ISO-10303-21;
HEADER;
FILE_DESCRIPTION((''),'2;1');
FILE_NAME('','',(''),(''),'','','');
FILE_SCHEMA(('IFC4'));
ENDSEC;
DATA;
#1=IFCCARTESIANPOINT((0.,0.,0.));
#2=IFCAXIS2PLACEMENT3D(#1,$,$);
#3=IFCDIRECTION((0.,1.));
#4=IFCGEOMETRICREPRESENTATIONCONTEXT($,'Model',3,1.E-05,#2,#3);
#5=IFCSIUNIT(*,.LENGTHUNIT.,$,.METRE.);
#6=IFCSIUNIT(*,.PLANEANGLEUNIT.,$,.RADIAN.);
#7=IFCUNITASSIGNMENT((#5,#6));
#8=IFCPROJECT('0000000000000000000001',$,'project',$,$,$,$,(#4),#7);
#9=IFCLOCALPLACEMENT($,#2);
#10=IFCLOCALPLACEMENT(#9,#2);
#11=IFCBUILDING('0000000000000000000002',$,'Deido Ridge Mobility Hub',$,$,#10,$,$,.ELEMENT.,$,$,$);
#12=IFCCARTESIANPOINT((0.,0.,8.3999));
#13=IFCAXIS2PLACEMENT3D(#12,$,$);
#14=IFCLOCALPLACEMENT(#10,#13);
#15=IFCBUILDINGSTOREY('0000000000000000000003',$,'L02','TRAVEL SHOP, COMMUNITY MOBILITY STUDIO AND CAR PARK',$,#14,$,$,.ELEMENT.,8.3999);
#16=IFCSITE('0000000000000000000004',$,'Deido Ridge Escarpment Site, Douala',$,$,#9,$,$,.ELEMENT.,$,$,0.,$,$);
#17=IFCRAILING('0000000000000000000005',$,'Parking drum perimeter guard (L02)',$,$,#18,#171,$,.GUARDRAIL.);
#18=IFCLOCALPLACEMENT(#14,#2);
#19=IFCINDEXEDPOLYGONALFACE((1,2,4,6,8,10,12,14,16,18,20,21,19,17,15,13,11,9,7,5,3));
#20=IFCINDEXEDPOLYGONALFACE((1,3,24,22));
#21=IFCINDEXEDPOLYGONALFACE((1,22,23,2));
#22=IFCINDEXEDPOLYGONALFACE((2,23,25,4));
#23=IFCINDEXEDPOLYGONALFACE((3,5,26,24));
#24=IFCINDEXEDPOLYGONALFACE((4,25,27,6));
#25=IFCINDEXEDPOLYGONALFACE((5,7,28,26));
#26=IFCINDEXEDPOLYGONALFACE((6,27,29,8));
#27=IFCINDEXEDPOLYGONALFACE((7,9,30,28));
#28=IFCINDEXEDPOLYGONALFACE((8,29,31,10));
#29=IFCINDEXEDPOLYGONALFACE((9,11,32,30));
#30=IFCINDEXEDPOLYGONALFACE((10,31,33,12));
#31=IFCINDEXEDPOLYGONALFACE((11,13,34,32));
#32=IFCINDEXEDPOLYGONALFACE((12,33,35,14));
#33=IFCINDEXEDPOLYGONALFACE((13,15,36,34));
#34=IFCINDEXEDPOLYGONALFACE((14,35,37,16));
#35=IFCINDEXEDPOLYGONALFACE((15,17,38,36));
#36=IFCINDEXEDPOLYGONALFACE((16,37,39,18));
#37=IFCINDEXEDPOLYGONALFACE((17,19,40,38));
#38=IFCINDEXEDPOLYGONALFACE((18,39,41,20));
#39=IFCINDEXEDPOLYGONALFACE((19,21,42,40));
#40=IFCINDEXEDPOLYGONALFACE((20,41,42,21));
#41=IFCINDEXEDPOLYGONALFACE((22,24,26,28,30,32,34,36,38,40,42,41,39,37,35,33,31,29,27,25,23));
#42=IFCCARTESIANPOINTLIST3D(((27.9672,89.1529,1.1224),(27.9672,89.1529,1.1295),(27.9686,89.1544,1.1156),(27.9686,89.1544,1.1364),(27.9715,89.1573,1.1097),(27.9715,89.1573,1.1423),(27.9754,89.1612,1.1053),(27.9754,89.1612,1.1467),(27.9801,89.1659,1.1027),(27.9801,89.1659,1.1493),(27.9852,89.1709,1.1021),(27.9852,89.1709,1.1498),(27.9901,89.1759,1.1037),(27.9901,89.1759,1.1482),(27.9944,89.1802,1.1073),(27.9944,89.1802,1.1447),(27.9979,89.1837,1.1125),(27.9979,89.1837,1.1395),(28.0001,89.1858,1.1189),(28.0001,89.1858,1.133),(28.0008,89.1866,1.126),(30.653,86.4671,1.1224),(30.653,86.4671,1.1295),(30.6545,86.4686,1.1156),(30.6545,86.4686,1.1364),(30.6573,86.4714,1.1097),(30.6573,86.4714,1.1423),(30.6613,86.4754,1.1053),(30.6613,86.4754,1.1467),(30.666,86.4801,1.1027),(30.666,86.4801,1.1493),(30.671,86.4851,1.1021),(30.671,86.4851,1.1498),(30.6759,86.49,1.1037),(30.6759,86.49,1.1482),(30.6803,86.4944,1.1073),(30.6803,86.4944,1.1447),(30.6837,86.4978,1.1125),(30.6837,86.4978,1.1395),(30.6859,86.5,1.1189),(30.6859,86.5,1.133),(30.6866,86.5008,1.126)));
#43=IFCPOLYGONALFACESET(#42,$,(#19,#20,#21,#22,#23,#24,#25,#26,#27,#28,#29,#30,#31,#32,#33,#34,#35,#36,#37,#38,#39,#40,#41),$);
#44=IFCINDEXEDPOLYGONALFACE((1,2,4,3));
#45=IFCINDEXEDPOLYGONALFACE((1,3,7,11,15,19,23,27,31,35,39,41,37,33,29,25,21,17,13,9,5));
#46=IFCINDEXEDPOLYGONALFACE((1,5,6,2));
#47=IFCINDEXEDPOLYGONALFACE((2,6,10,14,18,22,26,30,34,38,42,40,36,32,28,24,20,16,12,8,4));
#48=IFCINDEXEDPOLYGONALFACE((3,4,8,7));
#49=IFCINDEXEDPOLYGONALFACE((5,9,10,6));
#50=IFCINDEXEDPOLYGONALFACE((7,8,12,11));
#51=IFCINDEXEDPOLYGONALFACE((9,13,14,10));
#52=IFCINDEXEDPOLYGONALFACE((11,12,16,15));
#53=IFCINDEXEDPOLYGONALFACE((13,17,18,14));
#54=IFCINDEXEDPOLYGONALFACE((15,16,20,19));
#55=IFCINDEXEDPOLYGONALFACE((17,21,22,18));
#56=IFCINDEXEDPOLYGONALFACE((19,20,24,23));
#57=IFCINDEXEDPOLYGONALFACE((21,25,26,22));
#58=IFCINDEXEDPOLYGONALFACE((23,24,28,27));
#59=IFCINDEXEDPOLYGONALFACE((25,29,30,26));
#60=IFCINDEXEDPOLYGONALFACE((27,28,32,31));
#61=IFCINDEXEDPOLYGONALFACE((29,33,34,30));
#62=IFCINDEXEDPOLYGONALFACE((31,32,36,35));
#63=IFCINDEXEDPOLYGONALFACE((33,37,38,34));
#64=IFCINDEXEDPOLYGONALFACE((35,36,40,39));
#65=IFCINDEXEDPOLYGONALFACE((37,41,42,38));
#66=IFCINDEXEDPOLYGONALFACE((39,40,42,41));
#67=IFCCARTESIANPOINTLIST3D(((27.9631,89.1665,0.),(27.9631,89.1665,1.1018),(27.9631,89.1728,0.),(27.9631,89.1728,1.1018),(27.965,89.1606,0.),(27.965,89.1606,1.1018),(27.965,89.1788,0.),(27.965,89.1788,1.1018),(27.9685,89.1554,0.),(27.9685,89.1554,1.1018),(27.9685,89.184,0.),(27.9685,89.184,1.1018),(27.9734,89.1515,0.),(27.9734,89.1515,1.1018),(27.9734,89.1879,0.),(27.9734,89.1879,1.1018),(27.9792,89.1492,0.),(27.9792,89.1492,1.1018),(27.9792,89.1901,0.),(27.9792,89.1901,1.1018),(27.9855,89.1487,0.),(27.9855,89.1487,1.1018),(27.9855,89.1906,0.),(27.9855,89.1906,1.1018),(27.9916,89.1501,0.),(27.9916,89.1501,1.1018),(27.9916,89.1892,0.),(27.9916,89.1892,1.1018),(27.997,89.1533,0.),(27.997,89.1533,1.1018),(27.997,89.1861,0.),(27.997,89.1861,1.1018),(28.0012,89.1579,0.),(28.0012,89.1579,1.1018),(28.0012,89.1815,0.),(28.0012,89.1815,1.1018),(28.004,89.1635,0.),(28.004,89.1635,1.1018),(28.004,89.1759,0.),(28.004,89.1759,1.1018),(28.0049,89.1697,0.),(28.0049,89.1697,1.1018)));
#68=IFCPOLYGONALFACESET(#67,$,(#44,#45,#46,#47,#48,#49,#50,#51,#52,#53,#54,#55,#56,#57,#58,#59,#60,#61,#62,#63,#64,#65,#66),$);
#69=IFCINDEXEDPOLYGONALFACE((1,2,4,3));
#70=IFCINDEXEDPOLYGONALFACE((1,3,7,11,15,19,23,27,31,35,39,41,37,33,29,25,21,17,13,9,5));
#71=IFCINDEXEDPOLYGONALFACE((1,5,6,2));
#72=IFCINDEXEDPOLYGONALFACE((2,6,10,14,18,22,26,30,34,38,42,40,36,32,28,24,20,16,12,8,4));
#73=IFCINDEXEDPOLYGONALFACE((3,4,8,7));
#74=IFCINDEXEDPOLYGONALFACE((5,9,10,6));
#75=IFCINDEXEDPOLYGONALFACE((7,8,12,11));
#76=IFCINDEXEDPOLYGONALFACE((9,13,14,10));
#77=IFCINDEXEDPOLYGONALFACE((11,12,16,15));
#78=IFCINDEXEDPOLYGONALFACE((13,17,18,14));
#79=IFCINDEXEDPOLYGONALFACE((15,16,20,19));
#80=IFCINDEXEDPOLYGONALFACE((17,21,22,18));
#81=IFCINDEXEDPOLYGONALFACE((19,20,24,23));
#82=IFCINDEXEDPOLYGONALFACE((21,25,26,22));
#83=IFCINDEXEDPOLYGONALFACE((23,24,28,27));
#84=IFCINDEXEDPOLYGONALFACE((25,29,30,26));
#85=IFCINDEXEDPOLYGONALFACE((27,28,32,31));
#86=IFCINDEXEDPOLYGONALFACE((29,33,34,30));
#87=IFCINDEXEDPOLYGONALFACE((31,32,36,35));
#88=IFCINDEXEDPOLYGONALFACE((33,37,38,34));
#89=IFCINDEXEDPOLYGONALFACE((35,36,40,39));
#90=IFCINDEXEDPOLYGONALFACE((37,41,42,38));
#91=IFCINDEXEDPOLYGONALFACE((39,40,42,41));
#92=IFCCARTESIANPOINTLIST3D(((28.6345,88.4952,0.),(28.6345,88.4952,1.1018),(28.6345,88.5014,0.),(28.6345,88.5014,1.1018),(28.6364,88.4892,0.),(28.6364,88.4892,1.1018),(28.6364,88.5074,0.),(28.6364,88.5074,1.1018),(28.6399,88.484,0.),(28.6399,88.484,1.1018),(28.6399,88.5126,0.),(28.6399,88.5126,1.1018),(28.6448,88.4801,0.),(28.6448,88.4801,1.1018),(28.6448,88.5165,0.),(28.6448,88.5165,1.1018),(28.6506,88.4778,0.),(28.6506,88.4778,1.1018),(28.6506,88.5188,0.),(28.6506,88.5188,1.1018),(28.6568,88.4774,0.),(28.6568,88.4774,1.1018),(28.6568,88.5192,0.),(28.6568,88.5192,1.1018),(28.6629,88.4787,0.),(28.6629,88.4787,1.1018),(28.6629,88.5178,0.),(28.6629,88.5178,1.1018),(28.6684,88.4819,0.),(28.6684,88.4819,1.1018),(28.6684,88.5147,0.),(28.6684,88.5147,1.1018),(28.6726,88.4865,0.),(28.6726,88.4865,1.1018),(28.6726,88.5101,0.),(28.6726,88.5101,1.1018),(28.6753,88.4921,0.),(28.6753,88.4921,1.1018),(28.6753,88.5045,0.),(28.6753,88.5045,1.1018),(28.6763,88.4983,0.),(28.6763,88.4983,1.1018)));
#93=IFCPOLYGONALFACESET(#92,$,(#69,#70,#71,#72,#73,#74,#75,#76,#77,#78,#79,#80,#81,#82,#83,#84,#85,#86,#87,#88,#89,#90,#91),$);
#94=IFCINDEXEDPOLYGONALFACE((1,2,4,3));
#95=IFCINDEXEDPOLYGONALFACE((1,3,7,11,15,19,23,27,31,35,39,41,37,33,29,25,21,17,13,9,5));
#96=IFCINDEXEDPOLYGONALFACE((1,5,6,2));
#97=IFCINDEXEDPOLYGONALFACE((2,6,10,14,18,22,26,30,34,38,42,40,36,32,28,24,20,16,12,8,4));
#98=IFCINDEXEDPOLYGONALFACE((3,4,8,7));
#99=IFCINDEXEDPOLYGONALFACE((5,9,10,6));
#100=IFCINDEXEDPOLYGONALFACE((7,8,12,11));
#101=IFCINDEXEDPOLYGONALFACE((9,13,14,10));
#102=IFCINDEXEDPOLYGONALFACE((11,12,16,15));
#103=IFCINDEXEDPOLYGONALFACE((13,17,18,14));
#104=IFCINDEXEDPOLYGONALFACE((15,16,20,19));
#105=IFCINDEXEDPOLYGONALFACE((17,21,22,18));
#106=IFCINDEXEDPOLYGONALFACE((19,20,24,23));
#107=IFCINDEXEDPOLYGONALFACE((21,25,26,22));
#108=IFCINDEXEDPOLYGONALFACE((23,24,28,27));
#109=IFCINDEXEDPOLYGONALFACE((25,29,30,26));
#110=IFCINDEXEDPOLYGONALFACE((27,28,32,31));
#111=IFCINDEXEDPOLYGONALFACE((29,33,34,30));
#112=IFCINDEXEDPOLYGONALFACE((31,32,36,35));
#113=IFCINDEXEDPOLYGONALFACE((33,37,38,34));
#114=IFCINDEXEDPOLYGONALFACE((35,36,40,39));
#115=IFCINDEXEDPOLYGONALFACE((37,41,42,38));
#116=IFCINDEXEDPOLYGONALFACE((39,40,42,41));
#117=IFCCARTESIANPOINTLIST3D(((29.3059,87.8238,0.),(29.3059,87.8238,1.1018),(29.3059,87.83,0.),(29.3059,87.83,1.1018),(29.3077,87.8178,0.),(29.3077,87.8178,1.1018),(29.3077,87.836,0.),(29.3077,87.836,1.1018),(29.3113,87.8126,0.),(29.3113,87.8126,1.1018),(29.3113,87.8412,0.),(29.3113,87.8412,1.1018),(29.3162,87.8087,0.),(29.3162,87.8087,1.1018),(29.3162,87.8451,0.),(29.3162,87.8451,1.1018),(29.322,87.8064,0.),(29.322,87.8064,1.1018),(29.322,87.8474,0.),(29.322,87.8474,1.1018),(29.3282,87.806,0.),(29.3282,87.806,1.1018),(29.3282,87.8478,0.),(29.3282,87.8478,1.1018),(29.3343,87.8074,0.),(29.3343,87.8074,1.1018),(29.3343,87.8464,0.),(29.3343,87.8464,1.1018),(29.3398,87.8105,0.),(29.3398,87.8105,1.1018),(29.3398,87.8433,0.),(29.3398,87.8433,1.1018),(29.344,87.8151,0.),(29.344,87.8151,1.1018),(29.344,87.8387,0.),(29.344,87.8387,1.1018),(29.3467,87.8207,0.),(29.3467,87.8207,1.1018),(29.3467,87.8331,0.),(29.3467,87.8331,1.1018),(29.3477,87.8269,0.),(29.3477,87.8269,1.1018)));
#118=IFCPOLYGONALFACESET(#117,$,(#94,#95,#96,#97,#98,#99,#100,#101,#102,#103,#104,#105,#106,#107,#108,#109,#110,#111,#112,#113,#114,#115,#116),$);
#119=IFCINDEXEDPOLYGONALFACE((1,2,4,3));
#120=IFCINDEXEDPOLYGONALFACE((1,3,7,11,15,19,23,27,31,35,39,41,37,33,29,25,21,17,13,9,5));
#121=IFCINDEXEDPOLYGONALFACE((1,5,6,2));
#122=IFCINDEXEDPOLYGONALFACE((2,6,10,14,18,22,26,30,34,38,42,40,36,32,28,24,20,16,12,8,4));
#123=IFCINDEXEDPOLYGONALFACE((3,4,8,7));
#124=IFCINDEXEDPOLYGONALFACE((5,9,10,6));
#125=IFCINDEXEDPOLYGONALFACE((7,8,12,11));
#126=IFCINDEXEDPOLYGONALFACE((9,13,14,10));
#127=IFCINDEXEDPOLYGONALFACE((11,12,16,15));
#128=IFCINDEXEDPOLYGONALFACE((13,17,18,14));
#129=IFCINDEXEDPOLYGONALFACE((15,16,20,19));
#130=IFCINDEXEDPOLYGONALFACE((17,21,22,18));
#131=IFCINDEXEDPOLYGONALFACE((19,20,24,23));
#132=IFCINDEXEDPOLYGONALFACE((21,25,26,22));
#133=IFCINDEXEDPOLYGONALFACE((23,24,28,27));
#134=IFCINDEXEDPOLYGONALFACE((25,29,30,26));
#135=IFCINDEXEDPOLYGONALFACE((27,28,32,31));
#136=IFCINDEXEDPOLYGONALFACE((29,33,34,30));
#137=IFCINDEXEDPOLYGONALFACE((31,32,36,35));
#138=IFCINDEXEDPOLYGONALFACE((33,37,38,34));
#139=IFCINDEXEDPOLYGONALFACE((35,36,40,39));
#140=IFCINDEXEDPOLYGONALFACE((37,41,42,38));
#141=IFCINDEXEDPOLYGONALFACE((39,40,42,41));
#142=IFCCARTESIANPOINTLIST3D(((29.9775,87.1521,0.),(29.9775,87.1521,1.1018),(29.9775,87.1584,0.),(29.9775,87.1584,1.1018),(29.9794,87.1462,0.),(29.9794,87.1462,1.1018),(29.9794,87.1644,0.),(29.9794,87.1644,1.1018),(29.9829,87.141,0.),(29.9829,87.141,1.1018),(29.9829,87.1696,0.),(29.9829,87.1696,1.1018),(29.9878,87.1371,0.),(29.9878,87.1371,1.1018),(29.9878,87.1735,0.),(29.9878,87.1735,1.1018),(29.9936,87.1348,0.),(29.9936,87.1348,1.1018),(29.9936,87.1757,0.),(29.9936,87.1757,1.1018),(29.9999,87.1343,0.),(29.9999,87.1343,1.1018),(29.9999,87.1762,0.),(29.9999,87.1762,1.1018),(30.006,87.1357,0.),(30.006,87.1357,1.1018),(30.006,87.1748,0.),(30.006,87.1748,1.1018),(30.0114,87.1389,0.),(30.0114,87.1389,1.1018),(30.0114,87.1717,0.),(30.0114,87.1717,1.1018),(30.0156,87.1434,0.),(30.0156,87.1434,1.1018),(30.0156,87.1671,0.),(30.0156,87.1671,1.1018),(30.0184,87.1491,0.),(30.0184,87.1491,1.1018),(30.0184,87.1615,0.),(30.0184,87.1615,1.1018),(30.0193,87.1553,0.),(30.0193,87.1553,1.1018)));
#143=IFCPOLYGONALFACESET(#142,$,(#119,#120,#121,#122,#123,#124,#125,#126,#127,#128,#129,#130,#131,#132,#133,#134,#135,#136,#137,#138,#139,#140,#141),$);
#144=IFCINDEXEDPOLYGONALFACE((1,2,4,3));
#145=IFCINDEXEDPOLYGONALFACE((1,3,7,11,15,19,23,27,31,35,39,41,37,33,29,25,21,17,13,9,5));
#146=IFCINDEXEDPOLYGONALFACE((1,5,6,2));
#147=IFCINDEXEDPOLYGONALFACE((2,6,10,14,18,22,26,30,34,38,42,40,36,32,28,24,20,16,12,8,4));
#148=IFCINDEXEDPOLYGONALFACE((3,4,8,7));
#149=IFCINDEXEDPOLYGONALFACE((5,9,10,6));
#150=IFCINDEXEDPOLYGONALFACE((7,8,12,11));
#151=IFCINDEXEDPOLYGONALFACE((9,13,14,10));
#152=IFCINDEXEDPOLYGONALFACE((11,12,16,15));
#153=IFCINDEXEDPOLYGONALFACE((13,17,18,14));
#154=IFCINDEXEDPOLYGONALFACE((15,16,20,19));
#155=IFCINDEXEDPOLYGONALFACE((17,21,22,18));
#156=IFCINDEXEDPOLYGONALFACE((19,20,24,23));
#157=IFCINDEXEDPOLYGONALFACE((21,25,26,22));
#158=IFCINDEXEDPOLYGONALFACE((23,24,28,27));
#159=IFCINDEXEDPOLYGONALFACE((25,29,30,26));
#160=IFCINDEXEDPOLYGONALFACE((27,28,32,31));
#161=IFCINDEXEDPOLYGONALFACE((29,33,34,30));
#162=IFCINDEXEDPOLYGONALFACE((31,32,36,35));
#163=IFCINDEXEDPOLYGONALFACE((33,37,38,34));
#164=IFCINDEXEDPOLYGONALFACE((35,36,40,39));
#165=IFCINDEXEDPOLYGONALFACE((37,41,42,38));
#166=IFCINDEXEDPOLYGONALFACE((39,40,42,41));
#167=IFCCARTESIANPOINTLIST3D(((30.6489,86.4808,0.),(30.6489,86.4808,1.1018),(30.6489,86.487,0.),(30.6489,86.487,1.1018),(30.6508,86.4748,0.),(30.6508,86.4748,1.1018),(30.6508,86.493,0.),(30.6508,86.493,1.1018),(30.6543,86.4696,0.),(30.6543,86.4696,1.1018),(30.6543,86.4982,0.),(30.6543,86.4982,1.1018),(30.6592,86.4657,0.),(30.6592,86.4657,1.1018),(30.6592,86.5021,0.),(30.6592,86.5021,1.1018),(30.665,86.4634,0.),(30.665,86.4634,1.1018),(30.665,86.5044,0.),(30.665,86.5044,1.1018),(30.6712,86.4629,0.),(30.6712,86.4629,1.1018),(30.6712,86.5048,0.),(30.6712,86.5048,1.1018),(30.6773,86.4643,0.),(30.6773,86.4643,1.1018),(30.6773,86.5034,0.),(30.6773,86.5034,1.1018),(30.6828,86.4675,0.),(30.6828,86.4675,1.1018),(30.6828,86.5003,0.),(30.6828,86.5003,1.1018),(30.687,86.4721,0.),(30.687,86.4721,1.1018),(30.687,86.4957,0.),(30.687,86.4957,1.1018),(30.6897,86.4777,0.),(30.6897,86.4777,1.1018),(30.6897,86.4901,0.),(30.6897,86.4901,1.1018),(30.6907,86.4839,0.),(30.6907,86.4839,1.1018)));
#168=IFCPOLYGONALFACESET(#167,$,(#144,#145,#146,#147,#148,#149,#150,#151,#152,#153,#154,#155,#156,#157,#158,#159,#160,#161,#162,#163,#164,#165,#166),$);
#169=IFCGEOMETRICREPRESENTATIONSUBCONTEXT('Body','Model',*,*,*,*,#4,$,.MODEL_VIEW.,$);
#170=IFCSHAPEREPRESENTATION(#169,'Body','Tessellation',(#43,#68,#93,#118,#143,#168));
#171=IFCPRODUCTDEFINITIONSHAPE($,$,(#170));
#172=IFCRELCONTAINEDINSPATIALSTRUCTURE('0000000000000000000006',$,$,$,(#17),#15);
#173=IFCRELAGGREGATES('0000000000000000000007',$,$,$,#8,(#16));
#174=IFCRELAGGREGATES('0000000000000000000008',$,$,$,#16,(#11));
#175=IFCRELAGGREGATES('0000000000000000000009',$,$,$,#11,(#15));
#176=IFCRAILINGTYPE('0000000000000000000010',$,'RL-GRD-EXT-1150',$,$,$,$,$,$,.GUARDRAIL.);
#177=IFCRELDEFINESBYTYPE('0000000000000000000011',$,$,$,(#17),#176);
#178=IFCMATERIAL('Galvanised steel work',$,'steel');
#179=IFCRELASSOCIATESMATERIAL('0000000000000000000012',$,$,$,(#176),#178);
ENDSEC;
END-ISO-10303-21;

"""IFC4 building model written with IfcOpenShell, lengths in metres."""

from ifc_helpers import new_model, si_unit, direction, frame, origin, origin_2d, place, context, subcontext, project, spatial, circle, extrude, material, type_object, element, save


model = new_model("IFC4")

# Units and contexts
model_context = context("Model", 3, precision=1e-05, world=origin(), true_north=direction((0.0, 1.0)))
body_context = subcontext(model_context, "Body", "Model", "MODEL_VIEW")
ifc_project = project(units=[si_unit("LENGTHUNIT", "METRE"), si_unit("PLANEANGLEUNIT", "RADIAN")], contexts=[model_context])

# Site, building, storey
site_placement = place(None, origin())
site = spatial("IfcSite", under=ifc_project, at=site_placement, Name="Deido Ridge Escarpment Site, Douala", CompositionType="ELEMENT", RefElevation=0.0)
building_placement = place(site_placement, origin())
building = spatial("IfcBuilding", under=site, at=building_placement, Name="Deido Ridge Mobility Hub", CompositionType="ELEMENT")
storey_placement = place(building_placement, frame((0.0, 0.0, 8.3999)))
storey = spatial("IfcBuildingStorey", under=building, at=storey_placement, Name="L02", Description="TRAVEL SHOP, COMMUNITY MOBILITY STUDIO AND CAR PARK", CompositionType="ELEMENT", Elevation=8.3999)

# Railing
ifc_material_1 = material(Name="Galvanised steel work", Category="steel")
railing_type = type_object("IfcRailingType", Name="RL-GRD-EXT-1150", PredefinedType="GUARDRAIL", material=ifc_material_1)
railing_1_placement = place(storey_placement, frame((27.9839, 89.1697, 0.0)))
element("IfcRailing", 1, at=railing_1_placement, inside=storey, type_object=railing_type, Name="Parking drum perimeter guard (L02)", PredefinedType="GUARDRAIL", context=body_context, shape_type="SweptSolid", body=[
    extrude(circle(Radius=0.0239, at=origin_2d()), frame((0.0, 0.0, 1.126), z_axis=(0.707107, -0.707107, 0.0), x_axis=(0.707107, 0.707107, 0.0)), (0.0, 0.0, 1.0), 3.7983),
    extrude(circle(Radius=0.021, at=origin_2d()), origin(), (0.0, 0.0, 1.0), 1.1018),
    extrude(circle(Radius=0.021, at=origin_2d()), frame((0.6714, -0.6714, 0.0)), (0.0, 0.0, 1.0), 1.1018),
    extrude(circle(Radius=0.021, at=origin_2d()), frame((1.3428, -1.3428, 0.0)), (0.0, 0.0, 1.0), 1.1018),
    extrude(circle(Radius=0.021, at=origin_2d()), frame((2.0144, -2.0144, 0.0)), (0.0, 0.0, 1.0), 1.1018),
    extrude(circle(Radius=0.021, at=origin_2d()), frame((2.6858, -2.6858, 0.0)), (0.0, 0.0, 1.0), 1.1018),
])

save(model, "model.ifc")
